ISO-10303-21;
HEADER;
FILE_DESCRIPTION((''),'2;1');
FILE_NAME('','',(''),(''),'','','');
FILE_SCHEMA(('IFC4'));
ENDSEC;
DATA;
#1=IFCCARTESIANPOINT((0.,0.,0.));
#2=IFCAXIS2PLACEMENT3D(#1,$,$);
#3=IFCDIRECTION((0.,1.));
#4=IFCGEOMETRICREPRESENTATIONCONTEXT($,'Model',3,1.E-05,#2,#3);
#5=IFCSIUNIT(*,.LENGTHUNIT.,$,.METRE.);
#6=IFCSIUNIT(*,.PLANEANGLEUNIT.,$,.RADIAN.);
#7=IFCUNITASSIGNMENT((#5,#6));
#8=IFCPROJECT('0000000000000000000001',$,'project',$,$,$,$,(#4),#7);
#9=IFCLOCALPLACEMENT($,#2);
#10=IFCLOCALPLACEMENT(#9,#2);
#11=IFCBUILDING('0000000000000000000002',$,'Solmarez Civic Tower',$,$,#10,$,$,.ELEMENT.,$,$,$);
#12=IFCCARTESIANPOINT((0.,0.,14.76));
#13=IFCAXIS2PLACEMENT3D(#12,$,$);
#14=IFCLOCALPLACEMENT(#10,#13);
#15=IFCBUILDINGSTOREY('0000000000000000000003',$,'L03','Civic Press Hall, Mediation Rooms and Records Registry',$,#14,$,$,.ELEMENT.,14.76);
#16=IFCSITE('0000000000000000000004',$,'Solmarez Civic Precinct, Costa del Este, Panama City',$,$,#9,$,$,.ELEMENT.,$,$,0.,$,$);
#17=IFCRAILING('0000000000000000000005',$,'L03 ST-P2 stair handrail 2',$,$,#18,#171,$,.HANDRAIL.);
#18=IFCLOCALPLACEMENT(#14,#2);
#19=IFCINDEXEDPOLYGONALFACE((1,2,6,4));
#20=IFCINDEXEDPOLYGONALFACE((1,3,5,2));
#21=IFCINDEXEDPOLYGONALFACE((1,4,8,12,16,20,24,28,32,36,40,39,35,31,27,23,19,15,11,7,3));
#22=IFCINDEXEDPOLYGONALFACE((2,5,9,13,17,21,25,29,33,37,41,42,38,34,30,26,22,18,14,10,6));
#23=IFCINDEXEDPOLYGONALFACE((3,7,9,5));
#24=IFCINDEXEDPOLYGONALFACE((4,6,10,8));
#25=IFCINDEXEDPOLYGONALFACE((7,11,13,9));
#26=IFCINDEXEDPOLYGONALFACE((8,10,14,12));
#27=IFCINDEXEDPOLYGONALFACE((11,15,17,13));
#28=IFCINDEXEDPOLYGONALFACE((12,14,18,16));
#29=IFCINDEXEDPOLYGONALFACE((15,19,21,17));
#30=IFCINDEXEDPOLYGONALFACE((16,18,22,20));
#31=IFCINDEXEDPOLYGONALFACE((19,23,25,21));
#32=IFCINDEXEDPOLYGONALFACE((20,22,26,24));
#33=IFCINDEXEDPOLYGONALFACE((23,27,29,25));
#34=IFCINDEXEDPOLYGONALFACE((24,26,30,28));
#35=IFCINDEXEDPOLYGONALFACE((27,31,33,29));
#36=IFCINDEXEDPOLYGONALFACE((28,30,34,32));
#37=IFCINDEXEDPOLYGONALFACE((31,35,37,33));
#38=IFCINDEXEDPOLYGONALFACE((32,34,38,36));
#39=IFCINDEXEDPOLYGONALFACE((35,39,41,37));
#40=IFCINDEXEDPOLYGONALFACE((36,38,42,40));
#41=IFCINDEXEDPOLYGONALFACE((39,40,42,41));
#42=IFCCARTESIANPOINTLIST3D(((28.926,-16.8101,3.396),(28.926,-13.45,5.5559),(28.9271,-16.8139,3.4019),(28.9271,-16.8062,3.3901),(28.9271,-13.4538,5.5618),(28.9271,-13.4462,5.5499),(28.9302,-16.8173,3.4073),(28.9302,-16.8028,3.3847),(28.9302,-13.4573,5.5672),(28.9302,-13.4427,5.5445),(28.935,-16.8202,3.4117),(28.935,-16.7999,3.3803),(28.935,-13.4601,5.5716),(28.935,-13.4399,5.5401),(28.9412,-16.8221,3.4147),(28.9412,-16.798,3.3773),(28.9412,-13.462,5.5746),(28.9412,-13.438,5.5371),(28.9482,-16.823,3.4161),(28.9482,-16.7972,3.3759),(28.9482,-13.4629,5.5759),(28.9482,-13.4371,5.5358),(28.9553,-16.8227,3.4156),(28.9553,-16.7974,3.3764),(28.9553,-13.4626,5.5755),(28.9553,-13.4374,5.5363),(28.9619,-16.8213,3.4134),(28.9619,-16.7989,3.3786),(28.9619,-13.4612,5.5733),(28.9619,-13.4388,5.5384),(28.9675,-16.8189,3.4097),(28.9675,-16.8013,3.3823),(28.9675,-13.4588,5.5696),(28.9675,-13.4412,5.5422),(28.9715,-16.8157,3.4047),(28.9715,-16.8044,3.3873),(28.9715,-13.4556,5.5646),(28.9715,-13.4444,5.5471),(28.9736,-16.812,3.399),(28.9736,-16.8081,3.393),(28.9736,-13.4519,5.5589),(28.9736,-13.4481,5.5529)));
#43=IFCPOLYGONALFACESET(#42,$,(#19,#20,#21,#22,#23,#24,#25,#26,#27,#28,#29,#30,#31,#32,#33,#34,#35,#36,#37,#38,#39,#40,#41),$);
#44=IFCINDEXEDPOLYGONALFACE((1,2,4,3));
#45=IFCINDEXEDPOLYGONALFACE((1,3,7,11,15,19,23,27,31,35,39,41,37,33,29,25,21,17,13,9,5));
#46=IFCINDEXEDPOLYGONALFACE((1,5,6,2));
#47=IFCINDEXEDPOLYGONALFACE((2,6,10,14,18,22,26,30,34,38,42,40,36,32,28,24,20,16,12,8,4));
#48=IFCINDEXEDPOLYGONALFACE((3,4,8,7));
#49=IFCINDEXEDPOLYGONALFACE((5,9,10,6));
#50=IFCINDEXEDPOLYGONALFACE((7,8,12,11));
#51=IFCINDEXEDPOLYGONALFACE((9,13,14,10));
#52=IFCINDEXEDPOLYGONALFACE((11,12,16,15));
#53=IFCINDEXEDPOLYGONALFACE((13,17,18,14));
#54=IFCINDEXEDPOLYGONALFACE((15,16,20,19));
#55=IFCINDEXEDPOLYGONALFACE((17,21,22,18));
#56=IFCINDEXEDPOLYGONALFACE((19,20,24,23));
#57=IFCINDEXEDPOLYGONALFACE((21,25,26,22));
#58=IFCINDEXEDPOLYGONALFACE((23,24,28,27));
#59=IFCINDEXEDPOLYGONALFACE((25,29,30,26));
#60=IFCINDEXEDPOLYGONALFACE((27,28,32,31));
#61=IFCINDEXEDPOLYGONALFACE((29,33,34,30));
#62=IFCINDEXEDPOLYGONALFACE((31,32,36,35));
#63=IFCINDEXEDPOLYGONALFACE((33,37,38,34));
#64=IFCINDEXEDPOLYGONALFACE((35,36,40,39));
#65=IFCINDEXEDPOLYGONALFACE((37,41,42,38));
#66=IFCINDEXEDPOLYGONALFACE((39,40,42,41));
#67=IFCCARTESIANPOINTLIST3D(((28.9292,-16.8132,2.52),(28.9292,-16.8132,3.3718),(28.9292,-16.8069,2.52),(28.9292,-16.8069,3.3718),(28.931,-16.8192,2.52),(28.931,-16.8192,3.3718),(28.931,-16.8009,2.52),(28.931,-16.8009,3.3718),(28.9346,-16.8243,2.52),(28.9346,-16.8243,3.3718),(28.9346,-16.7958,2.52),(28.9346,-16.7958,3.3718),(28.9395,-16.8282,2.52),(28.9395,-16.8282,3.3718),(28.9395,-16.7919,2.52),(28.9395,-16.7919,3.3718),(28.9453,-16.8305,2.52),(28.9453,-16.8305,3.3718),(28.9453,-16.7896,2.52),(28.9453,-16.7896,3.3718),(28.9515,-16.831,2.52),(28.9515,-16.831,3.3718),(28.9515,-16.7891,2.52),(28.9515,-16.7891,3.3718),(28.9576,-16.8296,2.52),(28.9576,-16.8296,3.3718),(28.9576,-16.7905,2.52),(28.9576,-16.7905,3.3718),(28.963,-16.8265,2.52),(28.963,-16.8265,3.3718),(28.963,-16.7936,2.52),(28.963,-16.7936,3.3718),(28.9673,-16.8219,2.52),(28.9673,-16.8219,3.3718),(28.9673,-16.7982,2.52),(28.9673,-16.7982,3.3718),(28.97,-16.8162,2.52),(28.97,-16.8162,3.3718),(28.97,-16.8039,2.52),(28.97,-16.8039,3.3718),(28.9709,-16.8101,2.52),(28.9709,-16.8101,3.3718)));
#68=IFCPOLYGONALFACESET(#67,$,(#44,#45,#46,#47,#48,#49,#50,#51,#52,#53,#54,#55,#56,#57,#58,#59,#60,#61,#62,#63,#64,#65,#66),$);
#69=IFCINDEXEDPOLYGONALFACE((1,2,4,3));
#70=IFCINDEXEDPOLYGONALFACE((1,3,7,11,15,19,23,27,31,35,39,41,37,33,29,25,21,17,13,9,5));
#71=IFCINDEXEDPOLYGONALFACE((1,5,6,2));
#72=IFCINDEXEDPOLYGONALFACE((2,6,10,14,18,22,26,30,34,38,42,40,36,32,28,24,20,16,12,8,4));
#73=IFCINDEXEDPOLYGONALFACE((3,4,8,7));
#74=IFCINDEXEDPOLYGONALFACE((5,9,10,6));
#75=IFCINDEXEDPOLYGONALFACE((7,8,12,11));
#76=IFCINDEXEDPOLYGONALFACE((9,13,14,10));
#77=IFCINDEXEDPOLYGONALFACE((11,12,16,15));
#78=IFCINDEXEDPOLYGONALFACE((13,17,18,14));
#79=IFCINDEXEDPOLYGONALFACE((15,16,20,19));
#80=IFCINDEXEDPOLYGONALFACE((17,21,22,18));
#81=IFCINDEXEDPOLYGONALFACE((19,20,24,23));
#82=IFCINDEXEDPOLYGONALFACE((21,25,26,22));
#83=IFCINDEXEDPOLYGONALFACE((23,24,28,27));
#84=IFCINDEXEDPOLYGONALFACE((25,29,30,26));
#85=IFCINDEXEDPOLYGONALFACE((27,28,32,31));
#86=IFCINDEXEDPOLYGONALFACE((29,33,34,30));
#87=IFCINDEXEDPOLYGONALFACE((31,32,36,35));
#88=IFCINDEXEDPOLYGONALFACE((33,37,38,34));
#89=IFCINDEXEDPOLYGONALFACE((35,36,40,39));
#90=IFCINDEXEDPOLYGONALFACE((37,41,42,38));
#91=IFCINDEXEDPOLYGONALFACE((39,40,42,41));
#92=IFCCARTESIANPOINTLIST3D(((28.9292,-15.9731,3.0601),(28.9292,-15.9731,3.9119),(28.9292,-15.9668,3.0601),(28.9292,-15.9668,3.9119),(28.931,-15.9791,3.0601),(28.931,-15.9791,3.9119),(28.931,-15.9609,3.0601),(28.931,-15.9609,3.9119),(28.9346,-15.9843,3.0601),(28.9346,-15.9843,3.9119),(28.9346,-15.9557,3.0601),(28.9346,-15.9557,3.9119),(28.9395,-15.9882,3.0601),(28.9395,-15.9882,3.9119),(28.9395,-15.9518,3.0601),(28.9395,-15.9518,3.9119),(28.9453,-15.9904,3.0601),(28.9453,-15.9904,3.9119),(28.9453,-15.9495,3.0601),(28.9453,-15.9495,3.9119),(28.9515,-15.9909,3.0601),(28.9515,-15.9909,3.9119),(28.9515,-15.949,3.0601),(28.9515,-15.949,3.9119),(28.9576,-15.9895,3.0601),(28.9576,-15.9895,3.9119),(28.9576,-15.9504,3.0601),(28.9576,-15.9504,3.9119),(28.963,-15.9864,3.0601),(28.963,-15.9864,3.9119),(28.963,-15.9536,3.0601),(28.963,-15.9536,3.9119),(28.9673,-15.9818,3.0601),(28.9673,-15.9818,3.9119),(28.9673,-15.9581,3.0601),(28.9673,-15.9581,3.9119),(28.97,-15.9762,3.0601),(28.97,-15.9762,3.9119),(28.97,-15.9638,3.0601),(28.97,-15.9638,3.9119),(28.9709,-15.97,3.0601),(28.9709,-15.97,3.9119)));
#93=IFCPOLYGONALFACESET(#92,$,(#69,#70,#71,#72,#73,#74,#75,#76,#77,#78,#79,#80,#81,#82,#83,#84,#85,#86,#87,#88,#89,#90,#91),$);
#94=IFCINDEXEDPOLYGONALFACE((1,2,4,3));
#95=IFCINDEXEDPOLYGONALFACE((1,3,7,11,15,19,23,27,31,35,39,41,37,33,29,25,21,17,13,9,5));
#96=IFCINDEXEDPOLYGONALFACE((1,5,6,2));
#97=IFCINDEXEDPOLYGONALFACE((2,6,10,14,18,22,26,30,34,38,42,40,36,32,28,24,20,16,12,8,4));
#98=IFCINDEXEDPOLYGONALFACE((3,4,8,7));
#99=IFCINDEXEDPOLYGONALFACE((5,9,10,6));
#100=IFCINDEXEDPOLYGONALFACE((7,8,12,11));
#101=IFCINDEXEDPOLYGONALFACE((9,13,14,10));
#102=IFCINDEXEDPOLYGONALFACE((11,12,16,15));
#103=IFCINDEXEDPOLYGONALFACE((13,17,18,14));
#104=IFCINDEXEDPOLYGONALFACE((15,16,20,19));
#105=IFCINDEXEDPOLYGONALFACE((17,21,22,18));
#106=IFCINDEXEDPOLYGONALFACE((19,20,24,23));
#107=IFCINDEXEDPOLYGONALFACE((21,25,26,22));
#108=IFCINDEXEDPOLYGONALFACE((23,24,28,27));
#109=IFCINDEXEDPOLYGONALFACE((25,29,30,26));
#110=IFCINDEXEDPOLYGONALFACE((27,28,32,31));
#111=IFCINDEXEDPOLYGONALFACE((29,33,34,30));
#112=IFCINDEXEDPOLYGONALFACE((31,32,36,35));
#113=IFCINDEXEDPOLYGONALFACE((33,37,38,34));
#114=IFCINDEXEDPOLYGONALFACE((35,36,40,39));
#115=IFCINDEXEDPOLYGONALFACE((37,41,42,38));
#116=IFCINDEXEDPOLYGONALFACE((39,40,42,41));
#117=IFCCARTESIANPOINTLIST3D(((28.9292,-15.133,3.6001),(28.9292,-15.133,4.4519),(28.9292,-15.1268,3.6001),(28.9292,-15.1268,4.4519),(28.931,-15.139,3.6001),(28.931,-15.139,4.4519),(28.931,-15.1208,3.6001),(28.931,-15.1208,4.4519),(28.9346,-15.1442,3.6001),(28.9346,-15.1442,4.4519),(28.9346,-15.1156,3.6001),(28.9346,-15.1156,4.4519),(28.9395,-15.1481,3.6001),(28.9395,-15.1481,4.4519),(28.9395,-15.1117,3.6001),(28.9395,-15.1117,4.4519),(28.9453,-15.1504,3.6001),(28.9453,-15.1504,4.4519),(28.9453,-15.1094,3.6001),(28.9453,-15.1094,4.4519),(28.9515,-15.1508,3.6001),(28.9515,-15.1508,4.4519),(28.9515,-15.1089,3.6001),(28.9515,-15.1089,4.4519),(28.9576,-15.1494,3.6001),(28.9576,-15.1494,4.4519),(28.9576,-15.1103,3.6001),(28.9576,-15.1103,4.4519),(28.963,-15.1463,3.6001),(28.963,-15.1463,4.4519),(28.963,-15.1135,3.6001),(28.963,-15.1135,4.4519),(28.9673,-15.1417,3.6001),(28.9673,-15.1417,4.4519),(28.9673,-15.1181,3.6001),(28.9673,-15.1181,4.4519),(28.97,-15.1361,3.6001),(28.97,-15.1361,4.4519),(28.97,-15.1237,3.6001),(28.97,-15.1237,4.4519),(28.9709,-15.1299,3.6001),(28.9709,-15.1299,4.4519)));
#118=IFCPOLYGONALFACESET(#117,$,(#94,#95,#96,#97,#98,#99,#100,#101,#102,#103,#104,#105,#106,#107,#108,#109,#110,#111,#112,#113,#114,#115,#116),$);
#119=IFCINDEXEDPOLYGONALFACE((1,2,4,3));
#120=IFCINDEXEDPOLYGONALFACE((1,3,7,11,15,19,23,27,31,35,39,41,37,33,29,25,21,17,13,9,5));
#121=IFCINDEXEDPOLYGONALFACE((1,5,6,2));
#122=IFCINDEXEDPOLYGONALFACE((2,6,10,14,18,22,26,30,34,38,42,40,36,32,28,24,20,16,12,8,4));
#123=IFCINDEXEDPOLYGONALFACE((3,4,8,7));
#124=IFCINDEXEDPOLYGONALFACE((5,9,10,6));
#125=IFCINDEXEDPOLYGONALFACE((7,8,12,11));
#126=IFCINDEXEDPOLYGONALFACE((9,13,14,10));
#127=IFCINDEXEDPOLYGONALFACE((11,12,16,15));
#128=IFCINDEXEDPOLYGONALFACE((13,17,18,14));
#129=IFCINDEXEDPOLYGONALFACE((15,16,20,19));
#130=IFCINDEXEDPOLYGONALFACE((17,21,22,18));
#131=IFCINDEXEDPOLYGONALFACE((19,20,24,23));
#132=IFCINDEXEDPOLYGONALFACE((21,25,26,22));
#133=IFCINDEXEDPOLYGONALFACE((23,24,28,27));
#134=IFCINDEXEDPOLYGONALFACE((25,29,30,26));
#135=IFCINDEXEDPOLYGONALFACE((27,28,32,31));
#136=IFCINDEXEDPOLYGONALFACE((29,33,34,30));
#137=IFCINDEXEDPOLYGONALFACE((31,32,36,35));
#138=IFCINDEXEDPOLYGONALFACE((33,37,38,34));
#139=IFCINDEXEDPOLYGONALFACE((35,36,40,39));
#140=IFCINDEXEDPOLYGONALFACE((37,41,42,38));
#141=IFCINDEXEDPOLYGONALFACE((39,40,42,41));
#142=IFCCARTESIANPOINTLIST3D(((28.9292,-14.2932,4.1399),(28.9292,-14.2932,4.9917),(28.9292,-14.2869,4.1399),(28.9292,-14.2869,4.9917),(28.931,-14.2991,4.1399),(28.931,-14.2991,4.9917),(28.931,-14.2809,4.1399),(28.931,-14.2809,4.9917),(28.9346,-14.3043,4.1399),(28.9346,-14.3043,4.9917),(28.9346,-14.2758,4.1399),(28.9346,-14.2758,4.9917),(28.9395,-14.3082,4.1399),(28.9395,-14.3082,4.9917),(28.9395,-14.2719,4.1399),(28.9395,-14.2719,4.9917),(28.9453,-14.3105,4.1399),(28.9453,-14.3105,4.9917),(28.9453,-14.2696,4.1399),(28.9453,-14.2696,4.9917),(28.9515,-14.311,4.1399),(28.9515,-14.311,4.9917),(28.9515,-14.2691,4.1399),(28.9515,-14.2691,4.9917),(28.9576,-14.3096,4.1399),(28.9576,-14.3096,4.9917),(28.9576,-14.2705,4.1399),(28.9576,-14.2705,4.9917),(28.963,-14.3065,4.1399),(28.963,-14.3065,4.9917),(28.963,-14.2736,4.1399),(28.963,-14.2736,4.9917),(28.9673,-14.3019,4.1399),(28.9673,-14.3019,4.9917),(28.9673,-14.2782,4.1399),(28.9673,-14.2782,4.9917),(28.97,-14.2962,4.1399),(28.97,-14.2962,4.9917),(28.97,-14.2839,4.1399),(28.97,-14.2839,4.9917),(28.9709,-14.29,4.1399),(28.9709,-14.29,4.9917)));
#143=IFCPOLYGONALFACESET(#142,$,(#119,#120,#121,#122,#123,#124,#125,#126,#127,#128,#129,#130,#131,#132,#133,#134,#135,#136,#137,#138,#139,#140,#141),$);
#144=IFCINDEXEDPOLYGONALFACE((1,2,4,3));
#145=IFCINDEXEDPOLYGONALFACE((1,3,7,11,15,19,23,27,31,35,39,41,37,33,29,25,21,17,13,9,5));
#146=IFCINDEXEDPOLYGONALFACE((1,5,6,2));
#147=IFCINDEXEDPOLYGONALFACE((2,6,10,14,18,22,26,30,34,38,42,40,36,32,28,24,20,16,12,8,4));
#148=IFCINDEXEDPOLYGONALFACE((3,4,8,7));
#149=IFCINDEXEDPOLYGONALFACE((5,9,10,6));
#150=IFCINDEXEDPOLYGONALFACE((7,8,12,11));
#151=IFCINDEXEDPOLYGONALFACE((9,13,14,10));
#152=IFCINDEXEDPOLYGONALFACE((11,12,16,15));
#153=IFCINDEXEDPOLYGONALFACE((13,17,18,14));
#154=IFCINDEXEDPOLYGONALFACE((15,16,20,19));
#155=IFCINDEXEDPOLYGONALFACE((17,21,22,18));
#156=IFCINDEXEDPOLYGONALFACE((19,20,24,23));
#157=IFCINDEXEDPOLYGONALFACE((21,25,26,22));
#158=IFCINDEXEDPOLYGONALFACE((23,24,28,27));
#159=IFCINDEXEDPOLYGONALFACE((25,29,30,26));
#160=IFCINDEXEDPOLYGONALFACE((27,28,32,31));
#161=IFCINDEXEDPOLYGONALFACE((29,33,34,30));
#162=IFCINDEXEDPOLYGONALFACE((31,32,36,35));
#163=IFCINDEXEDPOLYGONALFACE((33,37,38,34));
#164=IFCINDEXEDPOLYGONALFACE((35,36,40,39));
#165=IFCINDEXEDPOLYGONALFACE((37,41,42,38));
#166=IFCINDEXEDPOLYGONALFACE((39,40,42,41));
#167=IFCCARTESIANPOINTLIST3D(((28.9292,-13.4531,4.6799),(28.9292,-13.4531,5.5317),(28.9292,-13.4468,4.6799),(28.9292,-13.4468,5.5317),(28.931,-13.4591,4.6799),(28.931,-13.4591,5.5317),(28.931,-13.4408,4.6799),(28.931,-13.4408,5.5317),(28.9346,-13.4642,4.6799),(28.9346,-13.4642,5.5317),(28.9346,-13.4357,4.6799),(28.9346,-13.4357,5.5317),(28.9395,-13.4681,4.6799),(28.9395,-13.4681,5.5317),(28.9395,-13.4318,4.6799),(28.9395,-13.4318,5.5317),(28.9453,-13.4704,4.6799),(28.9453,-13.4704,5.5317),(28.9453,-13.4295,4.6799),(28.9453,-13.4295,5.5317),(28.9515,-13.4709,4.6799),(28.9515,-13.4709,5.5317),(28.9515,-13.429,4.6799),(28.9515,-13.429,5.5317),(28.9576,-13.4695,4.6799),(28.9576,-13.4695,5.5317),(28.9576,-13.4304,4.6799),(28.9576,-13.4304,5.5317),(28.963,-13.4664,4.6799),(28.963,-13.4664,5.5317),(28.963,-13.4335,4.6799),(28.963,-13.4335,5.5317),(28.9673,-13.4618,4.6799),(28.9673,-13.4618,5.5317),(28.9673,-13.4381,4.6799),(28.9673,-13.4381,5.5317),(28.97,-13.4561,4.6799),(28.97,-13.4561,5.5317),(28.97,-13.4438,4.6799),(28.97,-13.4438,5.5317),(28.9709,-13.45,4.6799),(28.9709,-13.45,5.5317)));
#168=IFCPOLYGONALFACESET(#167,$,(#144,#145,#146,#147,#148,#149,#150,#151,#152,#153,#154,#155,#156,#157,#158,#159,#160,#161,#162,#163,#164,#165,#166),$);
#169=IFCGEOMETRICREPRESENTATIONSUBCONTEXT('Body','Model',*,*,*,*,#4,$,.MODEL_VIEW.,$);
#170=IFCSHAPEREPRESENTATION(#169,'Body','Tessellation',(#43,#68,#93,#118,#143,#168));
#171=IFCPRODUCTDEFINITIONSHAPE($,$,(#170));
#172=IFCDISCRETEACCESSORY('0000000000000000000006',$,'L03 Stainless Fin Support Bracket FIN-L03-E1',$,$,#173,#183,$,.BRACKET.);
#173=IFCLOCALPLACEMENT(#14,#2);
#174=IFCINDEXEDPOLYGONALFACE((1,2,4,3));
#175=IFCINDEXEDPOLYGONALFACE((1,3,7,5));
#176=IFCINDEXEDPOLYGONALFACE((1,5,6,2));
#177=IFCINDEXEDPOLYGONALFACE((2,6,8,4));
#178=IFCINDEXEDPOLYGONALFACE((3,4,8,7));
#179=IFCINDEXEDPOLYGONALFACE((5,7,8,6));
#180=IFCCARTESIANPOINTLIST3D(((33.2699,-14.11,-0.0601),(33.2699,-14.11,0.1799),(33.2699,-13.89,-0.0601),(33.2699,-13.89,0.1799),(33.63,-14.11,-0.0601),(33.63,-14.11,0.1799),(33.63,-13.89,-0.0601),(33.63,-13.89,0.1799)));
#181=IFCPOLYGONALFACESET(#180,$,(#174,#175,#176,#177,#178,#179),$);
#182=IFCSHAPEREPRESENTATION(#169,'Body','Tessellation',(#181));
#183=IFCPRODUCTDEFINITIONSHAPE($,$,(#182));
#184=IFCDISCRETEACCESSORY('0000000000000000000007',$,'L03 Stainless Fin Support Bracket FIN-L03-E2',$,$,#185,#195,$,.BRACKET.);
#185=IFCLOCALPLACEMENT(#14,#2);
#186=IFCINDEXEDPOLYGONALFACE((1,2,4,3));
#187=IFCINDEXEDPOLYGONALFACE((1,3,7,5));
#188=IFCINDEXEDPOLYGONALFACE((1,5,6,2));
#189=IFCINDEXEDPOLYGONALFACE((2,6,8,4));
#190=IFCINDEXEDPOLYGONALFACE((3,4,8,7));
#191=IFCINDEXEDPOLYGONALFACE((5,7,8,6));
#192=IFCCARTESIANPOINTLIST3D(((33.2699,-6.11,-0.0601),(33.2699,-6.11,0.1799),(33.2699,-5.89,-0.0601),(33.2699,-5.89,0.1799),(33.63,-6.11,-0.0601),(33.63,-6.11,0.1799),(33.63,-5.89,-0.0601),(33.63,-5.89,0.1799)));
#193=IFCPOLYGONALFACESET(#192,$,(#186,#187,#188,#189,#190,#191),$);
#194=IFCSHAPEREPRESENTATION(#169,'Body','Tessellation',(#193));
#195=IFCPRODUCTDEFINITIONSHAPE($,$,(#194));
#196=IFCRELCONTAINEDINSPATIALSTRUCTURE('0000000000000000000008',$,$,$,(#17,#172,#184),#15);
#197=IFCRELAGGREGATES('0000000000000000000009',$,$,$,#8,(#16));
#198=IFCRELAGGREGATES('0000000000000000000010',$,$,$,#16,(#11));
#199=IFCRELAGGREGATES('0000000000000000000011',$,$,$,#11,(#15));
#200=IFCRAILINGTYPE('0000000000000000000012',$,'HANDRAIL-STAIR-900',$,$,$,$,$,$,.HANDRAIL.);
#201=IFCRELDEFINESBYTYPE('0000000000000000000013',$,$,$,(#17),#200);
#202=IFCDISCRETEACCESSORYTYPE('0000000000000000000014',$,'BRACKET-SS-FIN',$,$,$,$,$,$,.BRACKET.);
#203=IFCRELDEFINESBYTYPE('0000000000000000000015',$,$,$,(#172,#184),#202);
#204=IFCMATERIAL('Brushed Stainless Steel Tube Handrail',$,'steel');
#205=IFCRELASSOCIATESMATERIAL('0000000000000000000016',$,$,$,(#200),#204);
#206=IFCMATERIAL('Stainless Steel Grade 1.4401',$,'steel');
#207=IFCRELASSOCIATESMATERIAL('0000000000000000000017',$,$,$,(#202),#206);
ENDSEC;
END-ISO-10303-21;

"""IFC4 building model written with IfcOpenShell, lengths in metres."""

from ifc_helpers import new_model, si_unit, direction, frame, origin, origin_2d, place, context, subcontext, project, spatial, rectangle, circle, extrude, material, type_object, element, save


model = new_model("IFC4")

# Units and contexts
model_context = context("Model", 3, precision=1e-05, world=origin(), true_north=direction((0.0, 1.0)))
body_context = subcontext(model_context, "Body", "Model", "MODEL_VIEW")
ifc_project = project(units=[si_unit("LENGTHUNIT", "METRE"), si_unit("PLANEANGLEUNIT", "RADIAN")], contexts=[model_context])

# Site, building, storey
site_placement = place(None, origin())
site = spatial("IfcSite", under=ifc_project, at=site_placement, Name="Solmarez Civic Precinct, Costa del Este, Panama City", CompositionType="ELEMENT", RefElevation=0.0)
building_placement = place(site_placement, origin())
building = spatial("IfcBuilding", under=site, at=building_placement, Name="Solmarez Civic Tower", CompositionType="ELEMENT")
storey_placement = place(building_placement, frame((0.0, 0.0, 14.76)))
storey = spatial("IfcBuildingStorey", under=building, at=storey_placement, Name="L03", Description="Civic Press Hall, Mediation Rooms and Records Registry", CompositionType="ELEMENT", Elevation=14.76)

# Railing
ifc_material_1 = material(Name="Brushed Stainless Steel Tube Handrail", Category="steel")
railing_type_1 = type_object("IfcRailingType", Name="HANDRAIL-STAIR-900", PredefinedType="HANDRAIL", material=ifc_material_1)
railing_1_placement = place(storey_placement, frame((28.95, -16.8101, 2.52)))
element("IfcRailing", 1, at=railing_1_placement, inside=storey, type_object=railing_type_1, Name="L03 ST-P2 stair handrail 2", PredefinedType="HANDRAIL", context=body_context, shape_type="SweptSolid", body=[
    extrude(circle(Radius=0.0239, at=origin_2d()), frame((0.0, 0.0, 0.876), z_axis=(0.0, 0.841196, 0.54073), x_axis=(-1.0, 0.0, 0.0)), (0.0, 0.0, 1.0), 3.9944),
    extrude(circle(Radius=0.021, at=origin_2d()), origin(), (0.0, 0.0, 1.0), 0.8518),
    extrude(circle(Radius=0.021, at=origin_2d()), frame((0.0, 0.8401, 0.54)), (0.0, 0.0, 1.0), 0.8518),
    extrude(circle(Radius=0.021, at=origin_2d()), frame((0.0, 1.6802, 1.0801)), (0.0, 0.0, 1.0), 0.8518),
    extrude(circle(Radius=0.021, at=origin_2d()), frame((0.0, 2.52, 1.6199)), (0.0, 0.0, 1.0), 0.8518),
    extrude(circle(Radius=0.021, at=origin_2d()), frame((0.0, 3.3601, 2.1599)), (0.0, 0.0, 1.0), 0.8518),
])

# Discrete accessories
ifc_material_2 = material(Name="Stainless Steel Grade 1.4401", Category="steel")
discrete_accessory_type = type_object("IfcDiscreteAccessoryType", Name="BRACKET-SS-FIN", PredefinedType="BRACKET", material=ifc_material_2)
for number, where, z_axis, x_axis, name in (
    (2, (33.45, -14.0, -0.0601), (0.0, 0.0, 1.0), (1.0, 0.0, 0.0), "L03 Stainless Fin Support Bracket FIN-L03-E1"),
    (3, (33.45, -6.0, -0.0601), (0.0, 0.0, 1.0), (1.0, 0.0, 0.0), "L03 Stainless Fin Support Bracket FIN-L03-E2"),
):
    element("IfcDiscreteAccessory", number, at=place(storey_placement, frame(where, z_axis=z_axis, x_axis=x_axis)), inside=storey, type_object=discrete_accessory_type, Name=name, PredefinedType="BRACKET", context=body_context, shape_type="SweptSolid", body=[
        extrude(rectangle(XDim=0.3601, YDim=0.22, at=origin_2d()), origin(), (0.0, 0.0, 1.0), 0.24),
    ])

save(model, "model.ifc")
